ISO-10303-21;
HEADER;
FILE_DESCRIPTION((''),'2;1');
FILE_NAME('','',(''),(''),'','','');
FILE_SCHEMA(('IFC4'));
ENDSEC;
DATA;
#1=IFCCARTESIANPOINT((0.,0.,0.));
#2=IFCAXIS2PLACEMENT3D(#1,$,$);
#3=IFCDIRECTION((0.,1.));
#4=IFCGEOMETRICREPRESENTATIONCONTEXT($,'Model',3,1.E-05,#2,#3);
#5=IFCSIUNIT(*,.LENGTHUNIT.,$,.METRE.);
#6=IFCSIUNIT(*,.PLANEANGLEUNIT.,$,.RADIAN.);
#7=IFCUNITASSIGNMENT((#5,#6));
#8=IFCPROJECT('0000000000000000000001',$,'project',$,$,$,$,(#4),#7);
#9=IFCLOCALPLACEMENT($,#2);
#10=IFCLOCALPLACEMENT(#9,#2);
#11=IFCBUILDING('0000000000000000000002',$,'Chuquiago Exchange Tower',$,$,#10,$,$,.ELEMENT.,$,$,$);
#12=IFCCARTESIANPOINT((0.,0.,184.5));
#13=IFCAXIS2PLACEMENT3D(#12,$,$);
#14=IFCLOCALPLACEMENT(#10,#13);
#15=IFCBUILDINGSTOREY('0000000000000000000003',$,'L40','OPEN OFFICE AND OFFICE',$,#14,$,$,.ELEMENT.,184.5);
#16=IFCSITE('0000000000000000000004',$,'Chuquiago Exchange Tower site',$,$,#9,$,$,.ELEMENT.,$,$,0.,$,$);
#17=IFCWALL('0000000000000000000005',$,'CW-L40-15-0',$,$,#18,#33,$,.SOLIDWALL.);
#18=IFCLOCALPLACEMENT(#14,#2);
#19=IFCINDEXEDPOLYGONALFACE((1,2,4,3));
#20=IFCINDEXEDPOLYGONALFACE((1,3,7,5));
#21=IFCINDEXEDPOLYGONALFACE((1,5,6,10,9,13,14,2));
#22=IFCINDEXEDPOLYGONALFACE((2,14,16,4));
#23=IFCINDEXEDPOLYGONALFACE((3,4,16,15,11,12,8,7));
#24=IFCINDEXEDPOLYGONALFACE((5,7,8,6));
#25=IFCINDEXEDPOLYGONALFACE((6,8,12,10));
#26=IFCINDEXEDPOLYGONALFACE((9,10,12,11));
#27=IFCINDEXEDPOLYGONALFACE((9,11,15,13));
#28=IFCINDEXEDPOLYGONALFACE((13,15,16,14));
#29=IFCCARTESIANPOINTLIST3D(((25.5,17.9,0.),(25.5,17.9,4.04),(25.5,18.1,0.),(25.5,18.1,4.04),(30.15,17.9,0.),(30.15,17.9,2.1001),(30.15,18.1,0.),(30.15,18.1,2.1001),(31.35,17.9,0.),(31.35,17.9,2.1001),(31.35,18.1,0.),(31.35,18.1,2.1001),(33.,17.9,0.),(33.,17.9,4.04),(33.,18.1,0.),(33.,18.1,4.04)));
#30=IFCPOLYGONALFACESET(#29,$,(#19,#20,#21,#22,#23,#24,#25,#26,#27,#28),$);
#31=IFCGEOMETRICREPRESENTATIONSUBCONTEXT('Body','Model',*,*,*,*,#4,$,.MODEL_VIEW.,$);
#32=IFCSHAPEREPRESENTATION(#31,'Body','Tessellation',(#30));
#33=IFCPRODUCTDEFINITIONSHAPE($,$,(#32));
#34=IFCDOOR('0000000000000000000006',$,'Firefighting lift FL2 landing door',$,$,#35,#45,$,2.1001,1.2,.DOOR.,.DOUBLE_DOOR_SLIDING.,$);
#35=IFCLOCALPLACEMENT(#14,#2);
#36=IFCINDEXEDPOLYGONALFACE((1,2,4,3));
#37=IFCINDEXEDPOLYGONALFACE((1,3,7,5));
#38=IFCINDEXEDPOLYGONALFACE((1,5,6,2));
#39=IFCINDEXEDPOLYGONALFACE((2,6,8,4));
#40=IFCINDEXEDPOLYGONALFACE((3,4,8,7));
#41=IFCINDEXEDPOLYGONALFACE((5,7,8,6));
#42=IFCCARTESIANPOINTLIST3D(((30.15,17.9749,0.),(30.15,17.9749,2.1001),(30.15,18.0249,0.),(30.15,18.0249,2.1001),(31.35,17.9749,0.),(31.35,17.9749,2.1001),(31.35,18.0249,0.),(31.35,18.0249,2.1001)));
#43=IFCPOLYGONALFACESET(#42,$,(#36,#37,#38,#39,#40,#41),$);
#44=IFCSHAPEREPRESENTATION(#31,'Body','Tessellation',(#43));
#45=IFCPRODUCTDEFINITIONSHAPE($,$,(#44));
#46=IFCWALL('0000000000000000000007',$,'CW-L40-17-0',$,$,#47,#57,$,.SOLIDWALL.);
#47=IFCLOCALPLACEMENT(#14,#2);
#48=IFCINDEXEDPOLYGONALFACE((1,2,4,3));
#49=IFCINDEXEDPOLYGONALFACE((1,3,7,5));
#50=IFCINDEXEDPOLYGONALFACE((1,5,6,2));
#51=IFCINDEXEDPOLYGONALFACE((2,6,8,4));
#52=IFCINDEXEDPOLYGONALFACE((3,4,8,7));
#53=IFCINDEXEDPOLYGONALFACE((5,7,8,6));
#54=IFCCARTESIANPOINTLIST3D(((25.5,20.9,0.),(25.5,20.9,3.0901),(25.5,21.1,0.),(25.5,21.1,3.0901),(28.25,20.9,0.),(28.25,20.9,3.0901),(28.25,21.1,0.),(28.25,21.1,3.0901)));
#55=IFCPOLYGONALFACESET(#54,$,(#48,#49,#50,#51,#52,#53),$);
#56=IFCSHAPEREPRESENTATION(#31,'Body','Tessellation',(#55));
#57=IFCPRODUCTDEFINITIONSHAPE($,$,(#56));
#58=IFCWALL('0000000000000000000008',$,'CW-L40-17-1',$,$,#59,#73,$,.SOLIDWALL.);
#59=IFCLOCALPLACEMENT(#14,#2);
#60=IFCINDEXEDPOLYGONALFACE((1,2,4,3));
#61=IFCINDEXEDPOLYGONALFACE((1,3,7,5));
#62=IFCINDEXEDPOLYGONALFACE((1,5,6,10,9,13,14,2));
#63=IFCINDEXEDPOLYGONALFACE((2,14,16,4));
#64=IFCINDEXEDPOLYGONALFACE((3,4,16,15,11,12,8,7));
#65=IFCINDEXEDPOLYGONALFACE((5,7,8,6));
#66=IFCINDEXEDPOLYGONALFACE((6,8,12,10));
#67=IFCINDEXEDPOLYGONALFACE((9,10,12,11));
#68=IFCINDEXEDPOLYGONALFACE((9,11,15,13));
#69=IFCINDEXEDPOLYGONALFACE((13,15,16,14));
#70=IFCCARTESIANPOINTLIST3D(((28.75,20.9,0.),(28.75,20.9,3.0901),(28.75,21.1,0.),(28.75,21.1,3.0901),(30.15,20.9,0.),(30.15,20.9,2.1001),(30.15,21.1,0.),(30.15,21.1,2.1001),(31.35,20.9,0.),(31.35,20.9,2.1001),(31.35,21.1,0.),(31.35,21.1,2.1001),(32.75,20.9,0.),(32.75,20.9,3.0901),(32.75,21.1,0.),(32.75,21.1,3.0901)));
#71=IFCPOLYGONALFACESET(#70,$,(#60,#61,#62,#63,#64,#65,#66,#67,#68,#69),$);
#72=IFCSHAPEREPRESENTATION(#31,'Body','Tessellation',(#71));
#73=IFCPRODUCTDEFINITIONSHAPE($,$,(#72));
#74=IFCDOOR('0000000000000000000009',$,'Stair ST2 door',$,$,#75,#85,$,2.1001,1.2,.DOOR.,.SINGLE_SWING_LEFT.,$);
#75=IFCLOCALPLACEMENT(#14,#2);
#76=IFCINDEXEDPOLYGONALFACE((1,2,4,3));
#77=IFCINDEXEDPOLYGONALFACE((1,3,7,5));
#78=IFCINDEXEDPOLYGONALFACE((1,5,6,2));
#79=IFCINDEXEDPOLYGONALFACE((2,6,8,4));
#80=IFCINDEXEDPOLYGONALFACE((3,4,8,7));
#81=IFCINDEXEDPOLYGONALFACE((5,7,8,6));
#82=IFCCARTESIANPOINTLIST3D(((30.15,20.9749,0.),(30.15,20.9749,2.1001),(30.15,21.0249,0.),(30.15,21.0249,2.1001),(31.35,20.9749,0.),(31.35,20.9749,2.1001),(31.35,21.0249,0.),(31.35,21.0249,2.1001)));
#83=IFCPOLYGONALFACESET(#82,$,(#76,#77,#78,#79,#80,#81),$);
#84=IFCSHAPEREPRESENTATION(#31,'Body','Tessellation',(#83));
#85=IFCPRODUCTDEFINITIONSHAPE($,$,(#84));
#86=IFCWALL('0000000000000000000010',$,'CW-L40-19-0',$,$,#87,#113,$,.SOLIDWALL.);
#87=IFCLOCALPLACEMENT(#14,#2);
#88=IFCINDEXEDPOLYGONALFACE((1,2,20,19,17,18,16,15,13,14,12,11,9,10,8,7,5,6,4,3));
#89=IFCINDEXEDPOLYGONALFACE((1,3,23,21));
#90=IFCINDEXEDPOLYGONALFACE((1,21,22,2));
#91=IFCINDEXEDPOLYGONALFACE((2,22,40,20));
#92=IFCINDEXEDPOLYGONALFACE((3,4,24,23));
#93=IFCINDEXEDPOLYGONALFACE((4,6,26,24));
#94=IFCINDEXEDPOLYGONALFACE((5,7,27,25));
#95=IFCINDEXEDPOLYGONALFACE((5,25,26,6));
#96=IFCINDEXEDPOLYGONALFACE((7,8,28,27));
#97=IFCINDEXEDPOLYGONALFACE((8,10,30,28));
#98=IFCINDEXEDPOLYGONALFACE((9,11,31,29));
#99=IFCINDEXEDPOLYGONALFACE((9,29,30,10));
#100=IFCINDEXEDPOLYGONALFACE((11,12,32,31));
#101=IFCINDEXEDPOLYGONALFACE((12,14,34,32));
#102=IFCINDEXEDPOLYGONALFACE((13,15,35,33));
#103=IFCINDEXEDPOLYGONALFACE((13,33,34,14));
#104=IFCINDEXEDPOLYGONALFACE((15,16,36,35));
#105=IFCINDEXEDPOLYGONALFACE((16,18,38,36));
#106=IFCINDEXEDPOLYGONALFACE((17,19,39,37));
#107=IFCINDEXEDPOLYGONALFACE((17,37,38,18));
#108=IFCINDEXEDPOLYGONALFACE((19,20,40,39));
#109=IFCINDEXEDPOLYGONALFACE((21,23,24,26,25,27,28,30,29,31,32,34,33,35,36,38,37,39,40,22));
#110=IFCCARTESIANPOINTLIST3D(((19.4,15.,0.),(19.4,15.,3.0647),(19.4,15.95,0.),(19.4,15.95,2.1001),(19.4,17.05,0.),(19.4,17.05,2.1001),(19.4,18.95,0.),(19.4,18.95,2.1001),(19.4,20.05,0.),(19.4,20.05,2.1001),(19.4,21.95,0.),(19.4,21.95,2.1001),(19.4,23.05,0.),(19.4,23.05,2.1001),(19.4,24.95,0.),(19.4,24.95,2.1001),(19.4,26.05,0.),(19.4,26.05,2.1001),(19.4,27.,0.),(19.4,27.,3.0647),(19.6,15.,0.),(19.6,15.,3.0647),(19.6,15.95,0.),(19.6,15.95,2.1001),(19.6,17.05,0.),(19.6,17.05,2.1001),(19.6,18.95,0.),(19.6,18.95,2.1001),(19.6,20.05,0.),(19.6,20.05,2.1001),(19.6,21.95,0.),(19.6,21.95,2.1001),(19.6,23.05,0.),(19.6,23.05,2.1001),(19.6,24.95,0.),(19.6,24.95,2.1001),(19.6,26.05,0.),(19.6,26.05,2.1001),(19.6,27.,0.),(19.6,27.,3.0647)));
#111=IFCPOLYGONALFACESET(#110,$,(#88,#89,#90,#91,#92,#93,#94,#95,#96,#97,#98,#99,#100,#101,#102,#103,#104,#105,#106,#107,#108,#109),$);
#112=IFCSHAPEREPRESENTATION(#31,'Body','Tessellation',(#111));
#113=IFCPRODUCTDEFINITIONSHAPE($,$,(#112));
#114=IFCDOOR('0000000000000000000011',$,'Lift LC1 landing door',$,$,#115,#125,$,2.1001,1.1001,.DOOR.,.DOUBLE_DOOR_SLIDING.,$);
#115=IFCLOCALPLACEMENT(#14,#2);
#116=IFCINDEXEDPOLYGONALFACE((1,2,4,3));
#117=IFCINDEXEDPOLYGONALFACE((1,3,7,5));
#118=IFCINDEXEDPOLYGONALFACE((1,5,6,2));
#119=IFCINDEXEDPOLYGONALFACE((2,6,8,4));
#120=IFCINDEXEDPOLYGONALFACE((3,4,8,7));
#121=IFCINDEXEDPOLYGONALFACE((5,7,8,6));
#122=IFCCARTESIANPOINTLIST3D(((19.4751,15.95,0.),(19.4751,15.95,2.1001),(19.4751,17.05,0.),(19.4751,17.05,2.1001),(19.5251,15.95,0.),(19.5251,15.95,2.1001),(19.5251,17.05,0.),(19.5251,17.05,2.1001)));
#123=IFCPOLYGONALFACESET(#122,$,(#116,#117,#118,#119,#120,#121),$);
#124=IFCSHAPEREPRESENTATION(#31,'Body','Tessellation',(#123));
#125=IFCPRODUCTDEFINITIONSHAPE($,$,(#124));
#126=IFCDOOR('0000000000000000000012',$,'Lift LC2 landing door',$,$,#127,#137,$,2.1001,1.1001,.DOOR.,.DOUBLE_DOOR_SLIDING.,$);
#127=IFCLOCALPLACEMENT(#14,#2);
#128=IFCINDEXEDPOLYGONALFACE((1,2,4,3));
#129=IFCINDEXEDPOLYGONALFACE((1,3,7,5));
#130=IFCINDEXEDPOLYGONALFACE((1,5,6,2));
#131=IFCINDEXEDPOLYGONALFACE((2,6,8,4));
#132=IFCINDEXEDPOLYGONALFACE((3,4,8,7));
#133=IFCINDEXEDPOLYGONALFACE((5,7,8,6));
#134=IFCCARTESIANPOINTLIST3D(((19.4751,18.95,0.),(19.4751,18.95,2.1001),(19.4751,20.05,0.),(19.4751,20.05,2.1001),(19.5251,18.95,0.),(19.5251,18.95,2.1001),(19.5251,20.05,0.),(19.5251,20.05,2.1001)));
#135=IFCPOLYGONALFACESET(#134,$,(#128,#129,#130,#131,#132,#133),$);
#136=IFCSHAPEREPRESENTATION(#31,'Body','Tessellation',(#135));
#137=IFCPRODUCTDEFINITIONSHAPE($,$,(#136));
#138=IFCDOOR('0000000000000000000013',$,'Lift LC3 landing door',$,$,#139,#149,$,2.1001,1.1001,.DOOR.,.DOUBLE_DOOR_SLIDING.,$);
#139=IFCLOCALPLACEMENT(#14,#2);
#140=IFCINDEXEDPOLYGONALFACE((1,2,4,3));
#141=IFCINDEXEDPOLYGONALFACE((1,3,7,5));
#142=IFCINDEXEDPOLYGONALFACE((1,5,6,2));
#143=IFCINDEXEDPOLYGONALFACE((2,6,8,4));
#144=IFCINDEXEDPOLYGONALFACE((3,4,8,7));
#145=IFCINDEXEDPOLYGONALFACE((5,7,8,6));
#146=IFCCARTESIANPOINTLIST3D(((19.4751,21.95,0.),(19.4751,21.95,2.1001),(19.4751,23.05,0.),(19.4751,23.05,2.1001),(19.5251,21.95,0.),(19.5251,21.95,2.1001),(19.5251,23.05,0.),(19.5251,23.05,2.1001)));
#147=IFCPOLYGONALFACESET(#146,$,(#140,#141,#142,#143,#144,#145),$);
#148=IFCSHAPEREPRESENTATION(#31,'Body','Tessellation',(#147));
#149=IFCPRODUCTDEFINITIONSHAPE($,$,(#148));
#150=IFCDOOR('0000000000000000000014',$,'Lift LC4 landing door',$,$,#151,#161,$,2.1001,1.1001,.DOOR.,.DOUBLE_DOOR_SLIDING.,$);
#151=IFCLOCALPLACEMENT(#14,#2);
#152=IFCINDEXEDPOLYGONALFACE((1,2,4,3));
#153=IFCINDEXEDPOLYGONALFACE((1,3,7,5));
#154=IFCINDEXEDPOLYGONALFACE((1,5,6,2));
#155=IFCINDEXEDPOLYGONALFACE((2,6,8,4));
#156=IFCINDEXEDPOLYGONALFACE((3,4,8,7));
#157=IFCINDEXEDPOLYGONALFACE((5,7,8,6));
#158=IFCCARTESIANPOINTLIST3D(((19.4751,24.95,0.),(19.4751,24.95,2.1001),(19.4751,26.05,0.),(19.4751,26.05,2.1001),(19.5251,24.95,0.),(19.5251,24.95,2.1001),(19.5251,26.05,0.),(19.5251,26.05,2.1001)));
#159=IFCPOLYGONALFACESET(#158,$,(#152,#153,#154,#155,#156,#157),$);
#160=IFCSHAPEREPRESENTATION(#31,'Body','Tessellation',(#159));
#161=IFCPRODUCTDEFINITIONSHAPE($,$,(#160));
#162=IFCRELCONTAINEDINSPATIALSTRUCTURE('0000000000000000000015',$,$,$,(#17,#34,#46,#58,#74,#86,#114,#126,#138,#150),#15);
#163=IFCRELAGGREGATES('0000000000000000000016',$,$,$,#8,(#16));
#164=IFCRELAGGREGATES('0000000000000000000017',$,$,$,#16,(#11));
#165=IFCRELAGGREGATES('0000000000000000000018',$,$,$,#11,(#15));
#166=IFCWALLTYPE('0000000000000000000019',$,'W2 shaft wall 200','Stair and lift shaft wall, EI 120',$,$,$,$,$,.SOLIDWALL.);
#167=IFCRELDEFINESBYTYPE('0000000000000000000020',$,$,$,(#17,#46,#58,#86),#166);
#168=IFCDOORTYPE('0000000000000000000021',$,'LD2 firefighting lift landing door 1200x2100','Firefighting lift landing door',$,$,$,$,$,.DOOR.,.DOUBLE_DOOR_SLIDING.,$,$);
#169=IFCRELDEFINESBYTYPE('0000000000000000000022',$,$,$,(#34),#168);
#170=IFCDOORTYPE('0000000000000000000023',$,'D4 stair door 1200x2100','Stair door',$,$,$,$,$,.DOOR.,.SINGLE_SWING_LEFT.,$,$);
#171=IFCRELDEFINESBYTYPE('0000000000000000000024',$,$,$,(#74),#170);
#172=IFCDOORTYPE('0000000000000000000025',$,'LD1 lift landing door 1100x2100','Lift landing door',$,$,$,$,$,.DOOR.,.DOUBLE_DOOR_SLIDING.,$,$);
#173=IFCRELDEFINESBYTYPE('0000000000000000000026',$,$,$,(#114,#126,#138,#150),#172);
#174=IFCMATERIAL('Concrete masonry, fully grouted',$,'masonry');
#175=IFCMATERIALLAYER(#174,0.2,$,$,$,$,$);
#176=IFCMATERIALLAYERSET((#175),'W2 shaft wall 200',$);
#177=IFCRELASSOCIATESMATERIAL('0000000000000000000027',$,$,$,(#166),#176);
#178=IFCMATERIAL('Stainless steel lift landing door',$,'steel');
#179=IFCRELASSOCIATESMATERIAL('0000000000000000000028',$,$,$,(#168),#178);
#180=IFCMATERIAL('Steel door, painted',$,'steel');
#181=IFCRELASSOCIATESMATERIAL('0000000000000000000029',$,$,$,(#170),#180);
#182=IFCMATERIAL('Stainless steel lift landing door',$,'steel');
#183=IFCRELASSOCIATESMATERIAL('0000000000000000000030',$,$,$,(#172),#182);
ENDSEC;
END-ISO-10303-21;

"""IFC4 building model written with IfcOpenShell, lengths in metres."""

from ifc_helpers import new_model, si_unit, direction, frame, frame_2d, origin, place, context, subcontext, project, spatial, rectangle, extrude, material, layer, layer_set, type_object, element, fill, save


model = new_model("IFC4")

# Units and contexts
model_context = context("Model", 3, precision=1e-05, world=origin(), true_north=direction((0.0, 1.0)))
body_context = subcontext(model_context, "Body", "Model", "MODEL_VIEW")
ifc_project = project(units=[si_unit("LENGTHUNIT", "METRE"), si_unit("PLANEANGLEUNIT", "RADIAN")], contexts=[model_context])

# Site, building, storey
site_placement = place(None, origin())
site = spatial("IfcSite", under=ifc_project, at=site_placement, Name="Chuquiago Exchange Tower site", CompositionType="ELEMENT", RefElevation=0.0)
building_placement = place(site_placement, origin())
building = spatial("IfcBuilding", under=site, at=building_placement, Name="Chuquiago Exchange Tower", CompositionType="ELEMENT")
storey_placement = place(building_placement, frame((0.0, 0.0, 184.5)))
storey = spatial("IfcBuildingStorey", under=building, at=storey_placement, Name="L40", Description="OPEN OFFICE AND OFFICE", CompositionType="ELEMENT", Elevation=184.5)

# Shared definitions
ifc_material_1 = material(Name="Concrete masonry, fully grouted", Category="masonry")
ifc_layer_1 = layer(ifc_material_1, 0.2)
ifc_layer_set_1 = layer_set([ifc_layer_1], Name="W2 shaft wall 200")
wall_type_1 = type_object("IfcWallType", Name="W2 shaft wall 200", Description="Stair and lift shaft wall, EI 120", PredefinedType="SOLIDWALL", material=ifc_layer_set_1)

# Wall, opening, door
wall_1_placement = place(storey_placement, frame((25.5, 18.0, 0.0), z_axis=(0.0, 0.0, 1.0), x_axis=(1.0, 0.0, 0.0)))
wall_1 = element("IfcWall", 1, at=wall_1_placement, inside=storey, type_object=wall_type_1, Name="CW-L40-15-0", PredefinedType="SOLIDWALL", context=body_context, shape_type="SweptSolid", body=[
    extrude(rectangle(XDim=7.5, YDim=0.2, at=frame_2d((3.75, 0.0))), origin(), (0.0, 0.0, 1.0), 4.04),
])
opening_1_placement = place(wall_1_placement, frame((4.6499, 0.0, 0.0)))
opening_1 = element("IfcOpeningElement", 2, at=opening_1_placement, cuts=wall_1, PredefinedType="OPENING", context=body_context, shape_type="SweptSolid", body=[
    extrude(rectangle(XDim=1.2, YDim=2.1001, at=frame_2d((0.6001, 1.05))), frame((0.0, 0.1099, 0.0), z_axis=(0.0, -1.0, 0.0), x_axis=(1.0, 0.0, 0.0)), (0.0, 0.0, 1.0), 0.22),
])
ifc_material_2 = material(Name="Stainless steel lift landing door", Category="steel")
door_type_1 = type_object("IfcDoorType", Name="LD2 firefighting lift landing door 1200x2100", Description="Firefighting lift landing door", OperationType="DOUBLE_DOOR_SLIDING", PredefinedType="DOOR", material=ifc_material_2)
door_1_placement = place(opening_1_placement, origin())
door_1 = element("IfcDoor", 3, at=door_1_placement, inside=storey, type_object=door_type_1, Name="Firefighting lift FL2 landing door", OperationType="DOUBLE_DOOR_SLIDING", OverallHeight=2.1001, OverallWidth=1.2, PredefinedType="DOOR", context=body_context, shape_type="SweptSolid", body=[
    extrude(rectangle(XDim=1.2, YDim=2.1001, at=frame_2d((0.6001, 1.05))), frame((0.0, 0.0249, 0.0), z_axis=(0.0, -1.0, 0.0), x_axis=(1.0, 0.0, 0.0)), (0.0, 0.0, 1.0), 0.05),
])
fill(opening_1, door_1)

# Wall
wall_2_placement = place(storey_placement, frame((25.5, 21.0, 0.0), z_axis=(0.0, 0.0, 1.0), x_axis=(1.0, 0.0, 0.0)))
element("IfcWall", 4, at=wall_2_placement, inside=storey, type_object=wall_type_1, Name="CW-L40-17-0", PredefinedType="SOLIDWALL", context=body_context, shape_type="SweptSolid", body=[
    extrude(rectangle(XDim=2.75, YDim=0.2, at=frame_2d((1.375, 0.0))), origin(), (0.0, 0.0, 1.0), 3.0901),
])

# Wall, opening, door
wall_3_placement = place(storey_placement, frame((28.75, 21.0, 0.0), z_axis=(0.0, 0.0, 1.0), x_axis=(1.0, 0.0, 0.0)))
wall_3 = element("IfcWall", 5, at=wall_3_placement, inside=storey, type_object=wall_type_1, Name="CW-L40-17-1", PredefinedType="SOLIDWALL", context=body_context, shape_type="SweptSolid", body=[
    extrude(rectangle(XDim=4.0, YDim=0.2, at=frame_2d((2.0, 0.0))), origin(), (0.0, 0.0, 1.0), 3.0901),
])
opening_2_placement = place(wall_3_placement, frame((1.3999, 0.0, 0.0)))
opening_2 = element("IfcOpeningElement", 6, at=opening_2_placement, cuts=wall_3, PredefinedType="OPENING", context=body_context, shape_type="SweptSolid", body=[
    extrude(rectangle(XDim=1.2, YDim=2.1001, at=frame_2d((0.6001, 1.05))), frame((0.0, 0.1099, 0.0), z_axis=(0.0, -1.0, 0.0), x_axis=(1.0, 0.0, 0.0)), (0.0, 0.0, 1.0), 0.22),
])
ifc_material_3 = material(Name="Steel door, painted", Category="steel")
door_type_2 = type_object("IfcDoorType", Name="D4 stair door 1200x2100", Description="Stair door", OperationType="SINGLE_SWING_LEFT", PredefinedType="DOOR", material=ifc_material_3)
door_2_placement = place(opening_2_placement, origin())
door_2 = element("IfcDoor", 7, at=door_2_placement, inside=storey, type_object=door_type_2, Name="Stair ST2 door", OperationType="SINGLE_SWING_LEFT", OverallHeight=2.1001, OverallWidth=1.2, PredefinedType="DOOR", context=body_context, shape_type="SweptSolid", body=[
    extrude(rectangle(XDim=1.2, YDim=2.1001, at=frame_2d((0.6001, 1.05))), frame((0.0, 0.0249, 0.0), z_axis=(0.0, -1.0, 0.0), x_axis=(1.0, 0.0, 0.0)), (0.0, 0.0, 1.0), 0.05),
])
fill(opening_2, door_2)

# Wall, openings, doors
wall_4_placement = place(storey_placement, frame((19.5, 15.0, 0.0), z_axis=(0.0, 0.0, 1.0), x_axis=(0.0, 1.0, 0.0)))
wall_4 = element("IfcWall", 8, at=wall_4_placement, inside=storey, type_object=wall_type_1, Name="CW-L40-19-0", PredefinedType="SOLIDWALL", context=body_context, shape_type="SweptSolid", body=[
    extrude(rectangle(XDim=12.0, YDim=0.2, at=frame_2d((6.0, 0.0))), origin(), (0.0, 0.0, 1.0), 3.0647),
])
opening_3_placement = place(wall_4_placement, frame((0.95, 0.0, 0.0)))
opening_3 = element("IfcOpeningElement", 9, at=opening_3_placement, cuts=wall_4, PredefinedType="OPENING", context=body_context, shape_type="SweptSolid", body=[
    extrude(rectangle(XDim=1.1001, YDim=2.1001, at=frame_2d((0.55, 1.05))), frame((0.0, 0.1099, 0.0), z_axis=(0.0, -1.0, 0.0), x_axis=(1.0, 0.0, 0.0)), (0.0, 0.0, 1.0), 0.22),
])
opening_4_placement = place(wall_4_placement, frame((3.95, 0.0, 0.0)))
opening_4 = element("IfcOpeningElement", 10, at=opening_4_placement, cuts=wall_4, PredefinedType="OPENING", context=body_context, shape_type="SweptSolid", body=[
    extrude(rectangle(XDim=1.1001, YDim=2.1001, at=frame_2d((0.55, 1.05))), frame((0.0, 0.1099, 0.0), z_axis=(0.0, -1.0, 0.0), x_axis=(1.0, 0.0, 0.0)), (0.0, 0.0, 1.0), 0.22),
])
opening_5_placement = place(wall_4_placement, frame((6.95, 0.0, 0.0)))
opening_5 = element("IfcOpeningElement", 11, at=opening_5_placement, cuts=wall_4, PredefinedType="OPENING", context=body_context, shape_type="SweptSolid", body=[
    extrude(rectangle(XDim=1.1001, YDim=2.1001, at=frame_2d((0.55, 1.05))), frame((0.0, 0.1099, 0.0), z_axis=(0.0, -1.0, 0.0), x_axis=(1.0, 0.0, 0.0)), (0.0, 0.0, 1.0), 0.22),
])
opening_6_placement = place(wall_4_placement, frame((9.95, 0.0, 0.0)))
opening_6 = element("IfcOpeningElement", 12, at=opening_6_placement, cuts=wall_4, PredefinedType="OPENING", context=body_context, shape_type="SweptSolid", body=[
    extrude(rectangle(XDim=1.1001, YDim=2.1001, at=frame_2d((0.55, 1.05))), frame((0.0, 0.1099, 0.0), z_axis=(0.0, -1.0, 0.0), x_axis=(1.0, 0.0, 0.0)), (0.0, 0.0, 1.0), 0.22),
])
ifc_material_4 = material(Name="Stainless steel lift landing door", Category="steel")
door_type_3 = type_object("IfcDoorType", Name="LD1 lift landing door 1100x2100", Description="Lift landing door", OperationType="DOUBLE_DOOR_SLIDING", PredefinedType="DOOR", material=ifc_material_4)
door_3_placement = place(opening_3_placement, origin())
door_3 = element("IfcDoor", 13, at=door_3_placement, inside=storey, type_object=door_type_3, Name="Lift LC1 landing door", OperationType="DOUBLE_DOOR_SLIDING", OverallHeight=2.1001, OverallWidth=1.1001, PredefinedType="DOOR", context=body_context, shape_type="SweptSolid", body=[
    extrude(rectangle(XDim=1.1001, YDim=2.1001, at=frame_2d((0.55, 1.05))), frame((0.0, 0.0249, 0.0), z_axis=(0.0, -1.0, 0.0), x_axis=(1.0, 0.0, 0.0)), (0.0, 0.0, 1.0), 0.05),
])
fill(opening_3, door_3)
door_4_placement = place(opening_4_placement, origin())
door_4 = element("IfcDoor", 14, at=door_4_placement, inside=storey, type_object=door_type_3, Name="Lift LC2 landing door", OperationType="DOUBLE_DOOR_SLIDING", OverallHeight=2.1001, OverallWidth=1.1001, PredefinedType="DOOR", context=body_context, shape_type="SweptSolid", body=[
    extrude(rectangle(XDim=1.1001, YDim=2.1001, at=frame_2d((0.55, 1.05))), frame((0.0, 0.0249, 0.0), z_axis=(0.0, -1.0, 0.0), x_axis=(1.0, 0.0, 0.0)), (0.0, 0.0, 1.0), 0.05),
])
fill(opening_4, door_4)
door_5_placement = place(opening_5_placement, origin())
door_5 = element("IfcDoor", 15, at=door_5_placement, inside=storey, type_object=door_type_3, Name="Lift LC3 landing door", OperationType="DOUBLE_DOOR_SLIDING", OverallHeight=2.1001, OverallWidth=1.1001, PredefinedType="DOOR", context=body_context, shape_type="SweptSolid", body=[
    extrude(rectangle(XDim=1.1001, YDim=2.1001, at=frame_2d((0.55, 1.05))), frame((0.0, 0.0249, 0.0), z_axis=(0.0, -1.0, 0.0), x_axis=(1.0, 0.0, 0.0)), (0.0, 0.0, 1.0), 0.05),
])
fill(opening_5, door_5)
door_6_placement = place(opening_6_placement, origin())
door_6 = element("IfcDoor", 16, at=door_6_placement, inside=storey, type_object=door_type_3, Name="Lift LC4 landing door", OperationType="DOUBLE_DOOR_SLIDING", OverallHeight=2.1001, OverallWidth=1.1001, PredefinedType="DOOR", context=body_context, shape_type="SweptSolid", body=[
    extrude(rectangle(XDim=1.1001, YDim=2.1001, at=frame_2d((0.55, 1.05))), frame((0.0, 0.0249, 0.0), z_axis=(0.0, -1.0, 0.0), x_axis=(1.0, 0.0, 0.0)), (0.0, 0.0, 1.0), 0.05),
])
fill(opening_6, door_6)

save(model, "model.ifc")
